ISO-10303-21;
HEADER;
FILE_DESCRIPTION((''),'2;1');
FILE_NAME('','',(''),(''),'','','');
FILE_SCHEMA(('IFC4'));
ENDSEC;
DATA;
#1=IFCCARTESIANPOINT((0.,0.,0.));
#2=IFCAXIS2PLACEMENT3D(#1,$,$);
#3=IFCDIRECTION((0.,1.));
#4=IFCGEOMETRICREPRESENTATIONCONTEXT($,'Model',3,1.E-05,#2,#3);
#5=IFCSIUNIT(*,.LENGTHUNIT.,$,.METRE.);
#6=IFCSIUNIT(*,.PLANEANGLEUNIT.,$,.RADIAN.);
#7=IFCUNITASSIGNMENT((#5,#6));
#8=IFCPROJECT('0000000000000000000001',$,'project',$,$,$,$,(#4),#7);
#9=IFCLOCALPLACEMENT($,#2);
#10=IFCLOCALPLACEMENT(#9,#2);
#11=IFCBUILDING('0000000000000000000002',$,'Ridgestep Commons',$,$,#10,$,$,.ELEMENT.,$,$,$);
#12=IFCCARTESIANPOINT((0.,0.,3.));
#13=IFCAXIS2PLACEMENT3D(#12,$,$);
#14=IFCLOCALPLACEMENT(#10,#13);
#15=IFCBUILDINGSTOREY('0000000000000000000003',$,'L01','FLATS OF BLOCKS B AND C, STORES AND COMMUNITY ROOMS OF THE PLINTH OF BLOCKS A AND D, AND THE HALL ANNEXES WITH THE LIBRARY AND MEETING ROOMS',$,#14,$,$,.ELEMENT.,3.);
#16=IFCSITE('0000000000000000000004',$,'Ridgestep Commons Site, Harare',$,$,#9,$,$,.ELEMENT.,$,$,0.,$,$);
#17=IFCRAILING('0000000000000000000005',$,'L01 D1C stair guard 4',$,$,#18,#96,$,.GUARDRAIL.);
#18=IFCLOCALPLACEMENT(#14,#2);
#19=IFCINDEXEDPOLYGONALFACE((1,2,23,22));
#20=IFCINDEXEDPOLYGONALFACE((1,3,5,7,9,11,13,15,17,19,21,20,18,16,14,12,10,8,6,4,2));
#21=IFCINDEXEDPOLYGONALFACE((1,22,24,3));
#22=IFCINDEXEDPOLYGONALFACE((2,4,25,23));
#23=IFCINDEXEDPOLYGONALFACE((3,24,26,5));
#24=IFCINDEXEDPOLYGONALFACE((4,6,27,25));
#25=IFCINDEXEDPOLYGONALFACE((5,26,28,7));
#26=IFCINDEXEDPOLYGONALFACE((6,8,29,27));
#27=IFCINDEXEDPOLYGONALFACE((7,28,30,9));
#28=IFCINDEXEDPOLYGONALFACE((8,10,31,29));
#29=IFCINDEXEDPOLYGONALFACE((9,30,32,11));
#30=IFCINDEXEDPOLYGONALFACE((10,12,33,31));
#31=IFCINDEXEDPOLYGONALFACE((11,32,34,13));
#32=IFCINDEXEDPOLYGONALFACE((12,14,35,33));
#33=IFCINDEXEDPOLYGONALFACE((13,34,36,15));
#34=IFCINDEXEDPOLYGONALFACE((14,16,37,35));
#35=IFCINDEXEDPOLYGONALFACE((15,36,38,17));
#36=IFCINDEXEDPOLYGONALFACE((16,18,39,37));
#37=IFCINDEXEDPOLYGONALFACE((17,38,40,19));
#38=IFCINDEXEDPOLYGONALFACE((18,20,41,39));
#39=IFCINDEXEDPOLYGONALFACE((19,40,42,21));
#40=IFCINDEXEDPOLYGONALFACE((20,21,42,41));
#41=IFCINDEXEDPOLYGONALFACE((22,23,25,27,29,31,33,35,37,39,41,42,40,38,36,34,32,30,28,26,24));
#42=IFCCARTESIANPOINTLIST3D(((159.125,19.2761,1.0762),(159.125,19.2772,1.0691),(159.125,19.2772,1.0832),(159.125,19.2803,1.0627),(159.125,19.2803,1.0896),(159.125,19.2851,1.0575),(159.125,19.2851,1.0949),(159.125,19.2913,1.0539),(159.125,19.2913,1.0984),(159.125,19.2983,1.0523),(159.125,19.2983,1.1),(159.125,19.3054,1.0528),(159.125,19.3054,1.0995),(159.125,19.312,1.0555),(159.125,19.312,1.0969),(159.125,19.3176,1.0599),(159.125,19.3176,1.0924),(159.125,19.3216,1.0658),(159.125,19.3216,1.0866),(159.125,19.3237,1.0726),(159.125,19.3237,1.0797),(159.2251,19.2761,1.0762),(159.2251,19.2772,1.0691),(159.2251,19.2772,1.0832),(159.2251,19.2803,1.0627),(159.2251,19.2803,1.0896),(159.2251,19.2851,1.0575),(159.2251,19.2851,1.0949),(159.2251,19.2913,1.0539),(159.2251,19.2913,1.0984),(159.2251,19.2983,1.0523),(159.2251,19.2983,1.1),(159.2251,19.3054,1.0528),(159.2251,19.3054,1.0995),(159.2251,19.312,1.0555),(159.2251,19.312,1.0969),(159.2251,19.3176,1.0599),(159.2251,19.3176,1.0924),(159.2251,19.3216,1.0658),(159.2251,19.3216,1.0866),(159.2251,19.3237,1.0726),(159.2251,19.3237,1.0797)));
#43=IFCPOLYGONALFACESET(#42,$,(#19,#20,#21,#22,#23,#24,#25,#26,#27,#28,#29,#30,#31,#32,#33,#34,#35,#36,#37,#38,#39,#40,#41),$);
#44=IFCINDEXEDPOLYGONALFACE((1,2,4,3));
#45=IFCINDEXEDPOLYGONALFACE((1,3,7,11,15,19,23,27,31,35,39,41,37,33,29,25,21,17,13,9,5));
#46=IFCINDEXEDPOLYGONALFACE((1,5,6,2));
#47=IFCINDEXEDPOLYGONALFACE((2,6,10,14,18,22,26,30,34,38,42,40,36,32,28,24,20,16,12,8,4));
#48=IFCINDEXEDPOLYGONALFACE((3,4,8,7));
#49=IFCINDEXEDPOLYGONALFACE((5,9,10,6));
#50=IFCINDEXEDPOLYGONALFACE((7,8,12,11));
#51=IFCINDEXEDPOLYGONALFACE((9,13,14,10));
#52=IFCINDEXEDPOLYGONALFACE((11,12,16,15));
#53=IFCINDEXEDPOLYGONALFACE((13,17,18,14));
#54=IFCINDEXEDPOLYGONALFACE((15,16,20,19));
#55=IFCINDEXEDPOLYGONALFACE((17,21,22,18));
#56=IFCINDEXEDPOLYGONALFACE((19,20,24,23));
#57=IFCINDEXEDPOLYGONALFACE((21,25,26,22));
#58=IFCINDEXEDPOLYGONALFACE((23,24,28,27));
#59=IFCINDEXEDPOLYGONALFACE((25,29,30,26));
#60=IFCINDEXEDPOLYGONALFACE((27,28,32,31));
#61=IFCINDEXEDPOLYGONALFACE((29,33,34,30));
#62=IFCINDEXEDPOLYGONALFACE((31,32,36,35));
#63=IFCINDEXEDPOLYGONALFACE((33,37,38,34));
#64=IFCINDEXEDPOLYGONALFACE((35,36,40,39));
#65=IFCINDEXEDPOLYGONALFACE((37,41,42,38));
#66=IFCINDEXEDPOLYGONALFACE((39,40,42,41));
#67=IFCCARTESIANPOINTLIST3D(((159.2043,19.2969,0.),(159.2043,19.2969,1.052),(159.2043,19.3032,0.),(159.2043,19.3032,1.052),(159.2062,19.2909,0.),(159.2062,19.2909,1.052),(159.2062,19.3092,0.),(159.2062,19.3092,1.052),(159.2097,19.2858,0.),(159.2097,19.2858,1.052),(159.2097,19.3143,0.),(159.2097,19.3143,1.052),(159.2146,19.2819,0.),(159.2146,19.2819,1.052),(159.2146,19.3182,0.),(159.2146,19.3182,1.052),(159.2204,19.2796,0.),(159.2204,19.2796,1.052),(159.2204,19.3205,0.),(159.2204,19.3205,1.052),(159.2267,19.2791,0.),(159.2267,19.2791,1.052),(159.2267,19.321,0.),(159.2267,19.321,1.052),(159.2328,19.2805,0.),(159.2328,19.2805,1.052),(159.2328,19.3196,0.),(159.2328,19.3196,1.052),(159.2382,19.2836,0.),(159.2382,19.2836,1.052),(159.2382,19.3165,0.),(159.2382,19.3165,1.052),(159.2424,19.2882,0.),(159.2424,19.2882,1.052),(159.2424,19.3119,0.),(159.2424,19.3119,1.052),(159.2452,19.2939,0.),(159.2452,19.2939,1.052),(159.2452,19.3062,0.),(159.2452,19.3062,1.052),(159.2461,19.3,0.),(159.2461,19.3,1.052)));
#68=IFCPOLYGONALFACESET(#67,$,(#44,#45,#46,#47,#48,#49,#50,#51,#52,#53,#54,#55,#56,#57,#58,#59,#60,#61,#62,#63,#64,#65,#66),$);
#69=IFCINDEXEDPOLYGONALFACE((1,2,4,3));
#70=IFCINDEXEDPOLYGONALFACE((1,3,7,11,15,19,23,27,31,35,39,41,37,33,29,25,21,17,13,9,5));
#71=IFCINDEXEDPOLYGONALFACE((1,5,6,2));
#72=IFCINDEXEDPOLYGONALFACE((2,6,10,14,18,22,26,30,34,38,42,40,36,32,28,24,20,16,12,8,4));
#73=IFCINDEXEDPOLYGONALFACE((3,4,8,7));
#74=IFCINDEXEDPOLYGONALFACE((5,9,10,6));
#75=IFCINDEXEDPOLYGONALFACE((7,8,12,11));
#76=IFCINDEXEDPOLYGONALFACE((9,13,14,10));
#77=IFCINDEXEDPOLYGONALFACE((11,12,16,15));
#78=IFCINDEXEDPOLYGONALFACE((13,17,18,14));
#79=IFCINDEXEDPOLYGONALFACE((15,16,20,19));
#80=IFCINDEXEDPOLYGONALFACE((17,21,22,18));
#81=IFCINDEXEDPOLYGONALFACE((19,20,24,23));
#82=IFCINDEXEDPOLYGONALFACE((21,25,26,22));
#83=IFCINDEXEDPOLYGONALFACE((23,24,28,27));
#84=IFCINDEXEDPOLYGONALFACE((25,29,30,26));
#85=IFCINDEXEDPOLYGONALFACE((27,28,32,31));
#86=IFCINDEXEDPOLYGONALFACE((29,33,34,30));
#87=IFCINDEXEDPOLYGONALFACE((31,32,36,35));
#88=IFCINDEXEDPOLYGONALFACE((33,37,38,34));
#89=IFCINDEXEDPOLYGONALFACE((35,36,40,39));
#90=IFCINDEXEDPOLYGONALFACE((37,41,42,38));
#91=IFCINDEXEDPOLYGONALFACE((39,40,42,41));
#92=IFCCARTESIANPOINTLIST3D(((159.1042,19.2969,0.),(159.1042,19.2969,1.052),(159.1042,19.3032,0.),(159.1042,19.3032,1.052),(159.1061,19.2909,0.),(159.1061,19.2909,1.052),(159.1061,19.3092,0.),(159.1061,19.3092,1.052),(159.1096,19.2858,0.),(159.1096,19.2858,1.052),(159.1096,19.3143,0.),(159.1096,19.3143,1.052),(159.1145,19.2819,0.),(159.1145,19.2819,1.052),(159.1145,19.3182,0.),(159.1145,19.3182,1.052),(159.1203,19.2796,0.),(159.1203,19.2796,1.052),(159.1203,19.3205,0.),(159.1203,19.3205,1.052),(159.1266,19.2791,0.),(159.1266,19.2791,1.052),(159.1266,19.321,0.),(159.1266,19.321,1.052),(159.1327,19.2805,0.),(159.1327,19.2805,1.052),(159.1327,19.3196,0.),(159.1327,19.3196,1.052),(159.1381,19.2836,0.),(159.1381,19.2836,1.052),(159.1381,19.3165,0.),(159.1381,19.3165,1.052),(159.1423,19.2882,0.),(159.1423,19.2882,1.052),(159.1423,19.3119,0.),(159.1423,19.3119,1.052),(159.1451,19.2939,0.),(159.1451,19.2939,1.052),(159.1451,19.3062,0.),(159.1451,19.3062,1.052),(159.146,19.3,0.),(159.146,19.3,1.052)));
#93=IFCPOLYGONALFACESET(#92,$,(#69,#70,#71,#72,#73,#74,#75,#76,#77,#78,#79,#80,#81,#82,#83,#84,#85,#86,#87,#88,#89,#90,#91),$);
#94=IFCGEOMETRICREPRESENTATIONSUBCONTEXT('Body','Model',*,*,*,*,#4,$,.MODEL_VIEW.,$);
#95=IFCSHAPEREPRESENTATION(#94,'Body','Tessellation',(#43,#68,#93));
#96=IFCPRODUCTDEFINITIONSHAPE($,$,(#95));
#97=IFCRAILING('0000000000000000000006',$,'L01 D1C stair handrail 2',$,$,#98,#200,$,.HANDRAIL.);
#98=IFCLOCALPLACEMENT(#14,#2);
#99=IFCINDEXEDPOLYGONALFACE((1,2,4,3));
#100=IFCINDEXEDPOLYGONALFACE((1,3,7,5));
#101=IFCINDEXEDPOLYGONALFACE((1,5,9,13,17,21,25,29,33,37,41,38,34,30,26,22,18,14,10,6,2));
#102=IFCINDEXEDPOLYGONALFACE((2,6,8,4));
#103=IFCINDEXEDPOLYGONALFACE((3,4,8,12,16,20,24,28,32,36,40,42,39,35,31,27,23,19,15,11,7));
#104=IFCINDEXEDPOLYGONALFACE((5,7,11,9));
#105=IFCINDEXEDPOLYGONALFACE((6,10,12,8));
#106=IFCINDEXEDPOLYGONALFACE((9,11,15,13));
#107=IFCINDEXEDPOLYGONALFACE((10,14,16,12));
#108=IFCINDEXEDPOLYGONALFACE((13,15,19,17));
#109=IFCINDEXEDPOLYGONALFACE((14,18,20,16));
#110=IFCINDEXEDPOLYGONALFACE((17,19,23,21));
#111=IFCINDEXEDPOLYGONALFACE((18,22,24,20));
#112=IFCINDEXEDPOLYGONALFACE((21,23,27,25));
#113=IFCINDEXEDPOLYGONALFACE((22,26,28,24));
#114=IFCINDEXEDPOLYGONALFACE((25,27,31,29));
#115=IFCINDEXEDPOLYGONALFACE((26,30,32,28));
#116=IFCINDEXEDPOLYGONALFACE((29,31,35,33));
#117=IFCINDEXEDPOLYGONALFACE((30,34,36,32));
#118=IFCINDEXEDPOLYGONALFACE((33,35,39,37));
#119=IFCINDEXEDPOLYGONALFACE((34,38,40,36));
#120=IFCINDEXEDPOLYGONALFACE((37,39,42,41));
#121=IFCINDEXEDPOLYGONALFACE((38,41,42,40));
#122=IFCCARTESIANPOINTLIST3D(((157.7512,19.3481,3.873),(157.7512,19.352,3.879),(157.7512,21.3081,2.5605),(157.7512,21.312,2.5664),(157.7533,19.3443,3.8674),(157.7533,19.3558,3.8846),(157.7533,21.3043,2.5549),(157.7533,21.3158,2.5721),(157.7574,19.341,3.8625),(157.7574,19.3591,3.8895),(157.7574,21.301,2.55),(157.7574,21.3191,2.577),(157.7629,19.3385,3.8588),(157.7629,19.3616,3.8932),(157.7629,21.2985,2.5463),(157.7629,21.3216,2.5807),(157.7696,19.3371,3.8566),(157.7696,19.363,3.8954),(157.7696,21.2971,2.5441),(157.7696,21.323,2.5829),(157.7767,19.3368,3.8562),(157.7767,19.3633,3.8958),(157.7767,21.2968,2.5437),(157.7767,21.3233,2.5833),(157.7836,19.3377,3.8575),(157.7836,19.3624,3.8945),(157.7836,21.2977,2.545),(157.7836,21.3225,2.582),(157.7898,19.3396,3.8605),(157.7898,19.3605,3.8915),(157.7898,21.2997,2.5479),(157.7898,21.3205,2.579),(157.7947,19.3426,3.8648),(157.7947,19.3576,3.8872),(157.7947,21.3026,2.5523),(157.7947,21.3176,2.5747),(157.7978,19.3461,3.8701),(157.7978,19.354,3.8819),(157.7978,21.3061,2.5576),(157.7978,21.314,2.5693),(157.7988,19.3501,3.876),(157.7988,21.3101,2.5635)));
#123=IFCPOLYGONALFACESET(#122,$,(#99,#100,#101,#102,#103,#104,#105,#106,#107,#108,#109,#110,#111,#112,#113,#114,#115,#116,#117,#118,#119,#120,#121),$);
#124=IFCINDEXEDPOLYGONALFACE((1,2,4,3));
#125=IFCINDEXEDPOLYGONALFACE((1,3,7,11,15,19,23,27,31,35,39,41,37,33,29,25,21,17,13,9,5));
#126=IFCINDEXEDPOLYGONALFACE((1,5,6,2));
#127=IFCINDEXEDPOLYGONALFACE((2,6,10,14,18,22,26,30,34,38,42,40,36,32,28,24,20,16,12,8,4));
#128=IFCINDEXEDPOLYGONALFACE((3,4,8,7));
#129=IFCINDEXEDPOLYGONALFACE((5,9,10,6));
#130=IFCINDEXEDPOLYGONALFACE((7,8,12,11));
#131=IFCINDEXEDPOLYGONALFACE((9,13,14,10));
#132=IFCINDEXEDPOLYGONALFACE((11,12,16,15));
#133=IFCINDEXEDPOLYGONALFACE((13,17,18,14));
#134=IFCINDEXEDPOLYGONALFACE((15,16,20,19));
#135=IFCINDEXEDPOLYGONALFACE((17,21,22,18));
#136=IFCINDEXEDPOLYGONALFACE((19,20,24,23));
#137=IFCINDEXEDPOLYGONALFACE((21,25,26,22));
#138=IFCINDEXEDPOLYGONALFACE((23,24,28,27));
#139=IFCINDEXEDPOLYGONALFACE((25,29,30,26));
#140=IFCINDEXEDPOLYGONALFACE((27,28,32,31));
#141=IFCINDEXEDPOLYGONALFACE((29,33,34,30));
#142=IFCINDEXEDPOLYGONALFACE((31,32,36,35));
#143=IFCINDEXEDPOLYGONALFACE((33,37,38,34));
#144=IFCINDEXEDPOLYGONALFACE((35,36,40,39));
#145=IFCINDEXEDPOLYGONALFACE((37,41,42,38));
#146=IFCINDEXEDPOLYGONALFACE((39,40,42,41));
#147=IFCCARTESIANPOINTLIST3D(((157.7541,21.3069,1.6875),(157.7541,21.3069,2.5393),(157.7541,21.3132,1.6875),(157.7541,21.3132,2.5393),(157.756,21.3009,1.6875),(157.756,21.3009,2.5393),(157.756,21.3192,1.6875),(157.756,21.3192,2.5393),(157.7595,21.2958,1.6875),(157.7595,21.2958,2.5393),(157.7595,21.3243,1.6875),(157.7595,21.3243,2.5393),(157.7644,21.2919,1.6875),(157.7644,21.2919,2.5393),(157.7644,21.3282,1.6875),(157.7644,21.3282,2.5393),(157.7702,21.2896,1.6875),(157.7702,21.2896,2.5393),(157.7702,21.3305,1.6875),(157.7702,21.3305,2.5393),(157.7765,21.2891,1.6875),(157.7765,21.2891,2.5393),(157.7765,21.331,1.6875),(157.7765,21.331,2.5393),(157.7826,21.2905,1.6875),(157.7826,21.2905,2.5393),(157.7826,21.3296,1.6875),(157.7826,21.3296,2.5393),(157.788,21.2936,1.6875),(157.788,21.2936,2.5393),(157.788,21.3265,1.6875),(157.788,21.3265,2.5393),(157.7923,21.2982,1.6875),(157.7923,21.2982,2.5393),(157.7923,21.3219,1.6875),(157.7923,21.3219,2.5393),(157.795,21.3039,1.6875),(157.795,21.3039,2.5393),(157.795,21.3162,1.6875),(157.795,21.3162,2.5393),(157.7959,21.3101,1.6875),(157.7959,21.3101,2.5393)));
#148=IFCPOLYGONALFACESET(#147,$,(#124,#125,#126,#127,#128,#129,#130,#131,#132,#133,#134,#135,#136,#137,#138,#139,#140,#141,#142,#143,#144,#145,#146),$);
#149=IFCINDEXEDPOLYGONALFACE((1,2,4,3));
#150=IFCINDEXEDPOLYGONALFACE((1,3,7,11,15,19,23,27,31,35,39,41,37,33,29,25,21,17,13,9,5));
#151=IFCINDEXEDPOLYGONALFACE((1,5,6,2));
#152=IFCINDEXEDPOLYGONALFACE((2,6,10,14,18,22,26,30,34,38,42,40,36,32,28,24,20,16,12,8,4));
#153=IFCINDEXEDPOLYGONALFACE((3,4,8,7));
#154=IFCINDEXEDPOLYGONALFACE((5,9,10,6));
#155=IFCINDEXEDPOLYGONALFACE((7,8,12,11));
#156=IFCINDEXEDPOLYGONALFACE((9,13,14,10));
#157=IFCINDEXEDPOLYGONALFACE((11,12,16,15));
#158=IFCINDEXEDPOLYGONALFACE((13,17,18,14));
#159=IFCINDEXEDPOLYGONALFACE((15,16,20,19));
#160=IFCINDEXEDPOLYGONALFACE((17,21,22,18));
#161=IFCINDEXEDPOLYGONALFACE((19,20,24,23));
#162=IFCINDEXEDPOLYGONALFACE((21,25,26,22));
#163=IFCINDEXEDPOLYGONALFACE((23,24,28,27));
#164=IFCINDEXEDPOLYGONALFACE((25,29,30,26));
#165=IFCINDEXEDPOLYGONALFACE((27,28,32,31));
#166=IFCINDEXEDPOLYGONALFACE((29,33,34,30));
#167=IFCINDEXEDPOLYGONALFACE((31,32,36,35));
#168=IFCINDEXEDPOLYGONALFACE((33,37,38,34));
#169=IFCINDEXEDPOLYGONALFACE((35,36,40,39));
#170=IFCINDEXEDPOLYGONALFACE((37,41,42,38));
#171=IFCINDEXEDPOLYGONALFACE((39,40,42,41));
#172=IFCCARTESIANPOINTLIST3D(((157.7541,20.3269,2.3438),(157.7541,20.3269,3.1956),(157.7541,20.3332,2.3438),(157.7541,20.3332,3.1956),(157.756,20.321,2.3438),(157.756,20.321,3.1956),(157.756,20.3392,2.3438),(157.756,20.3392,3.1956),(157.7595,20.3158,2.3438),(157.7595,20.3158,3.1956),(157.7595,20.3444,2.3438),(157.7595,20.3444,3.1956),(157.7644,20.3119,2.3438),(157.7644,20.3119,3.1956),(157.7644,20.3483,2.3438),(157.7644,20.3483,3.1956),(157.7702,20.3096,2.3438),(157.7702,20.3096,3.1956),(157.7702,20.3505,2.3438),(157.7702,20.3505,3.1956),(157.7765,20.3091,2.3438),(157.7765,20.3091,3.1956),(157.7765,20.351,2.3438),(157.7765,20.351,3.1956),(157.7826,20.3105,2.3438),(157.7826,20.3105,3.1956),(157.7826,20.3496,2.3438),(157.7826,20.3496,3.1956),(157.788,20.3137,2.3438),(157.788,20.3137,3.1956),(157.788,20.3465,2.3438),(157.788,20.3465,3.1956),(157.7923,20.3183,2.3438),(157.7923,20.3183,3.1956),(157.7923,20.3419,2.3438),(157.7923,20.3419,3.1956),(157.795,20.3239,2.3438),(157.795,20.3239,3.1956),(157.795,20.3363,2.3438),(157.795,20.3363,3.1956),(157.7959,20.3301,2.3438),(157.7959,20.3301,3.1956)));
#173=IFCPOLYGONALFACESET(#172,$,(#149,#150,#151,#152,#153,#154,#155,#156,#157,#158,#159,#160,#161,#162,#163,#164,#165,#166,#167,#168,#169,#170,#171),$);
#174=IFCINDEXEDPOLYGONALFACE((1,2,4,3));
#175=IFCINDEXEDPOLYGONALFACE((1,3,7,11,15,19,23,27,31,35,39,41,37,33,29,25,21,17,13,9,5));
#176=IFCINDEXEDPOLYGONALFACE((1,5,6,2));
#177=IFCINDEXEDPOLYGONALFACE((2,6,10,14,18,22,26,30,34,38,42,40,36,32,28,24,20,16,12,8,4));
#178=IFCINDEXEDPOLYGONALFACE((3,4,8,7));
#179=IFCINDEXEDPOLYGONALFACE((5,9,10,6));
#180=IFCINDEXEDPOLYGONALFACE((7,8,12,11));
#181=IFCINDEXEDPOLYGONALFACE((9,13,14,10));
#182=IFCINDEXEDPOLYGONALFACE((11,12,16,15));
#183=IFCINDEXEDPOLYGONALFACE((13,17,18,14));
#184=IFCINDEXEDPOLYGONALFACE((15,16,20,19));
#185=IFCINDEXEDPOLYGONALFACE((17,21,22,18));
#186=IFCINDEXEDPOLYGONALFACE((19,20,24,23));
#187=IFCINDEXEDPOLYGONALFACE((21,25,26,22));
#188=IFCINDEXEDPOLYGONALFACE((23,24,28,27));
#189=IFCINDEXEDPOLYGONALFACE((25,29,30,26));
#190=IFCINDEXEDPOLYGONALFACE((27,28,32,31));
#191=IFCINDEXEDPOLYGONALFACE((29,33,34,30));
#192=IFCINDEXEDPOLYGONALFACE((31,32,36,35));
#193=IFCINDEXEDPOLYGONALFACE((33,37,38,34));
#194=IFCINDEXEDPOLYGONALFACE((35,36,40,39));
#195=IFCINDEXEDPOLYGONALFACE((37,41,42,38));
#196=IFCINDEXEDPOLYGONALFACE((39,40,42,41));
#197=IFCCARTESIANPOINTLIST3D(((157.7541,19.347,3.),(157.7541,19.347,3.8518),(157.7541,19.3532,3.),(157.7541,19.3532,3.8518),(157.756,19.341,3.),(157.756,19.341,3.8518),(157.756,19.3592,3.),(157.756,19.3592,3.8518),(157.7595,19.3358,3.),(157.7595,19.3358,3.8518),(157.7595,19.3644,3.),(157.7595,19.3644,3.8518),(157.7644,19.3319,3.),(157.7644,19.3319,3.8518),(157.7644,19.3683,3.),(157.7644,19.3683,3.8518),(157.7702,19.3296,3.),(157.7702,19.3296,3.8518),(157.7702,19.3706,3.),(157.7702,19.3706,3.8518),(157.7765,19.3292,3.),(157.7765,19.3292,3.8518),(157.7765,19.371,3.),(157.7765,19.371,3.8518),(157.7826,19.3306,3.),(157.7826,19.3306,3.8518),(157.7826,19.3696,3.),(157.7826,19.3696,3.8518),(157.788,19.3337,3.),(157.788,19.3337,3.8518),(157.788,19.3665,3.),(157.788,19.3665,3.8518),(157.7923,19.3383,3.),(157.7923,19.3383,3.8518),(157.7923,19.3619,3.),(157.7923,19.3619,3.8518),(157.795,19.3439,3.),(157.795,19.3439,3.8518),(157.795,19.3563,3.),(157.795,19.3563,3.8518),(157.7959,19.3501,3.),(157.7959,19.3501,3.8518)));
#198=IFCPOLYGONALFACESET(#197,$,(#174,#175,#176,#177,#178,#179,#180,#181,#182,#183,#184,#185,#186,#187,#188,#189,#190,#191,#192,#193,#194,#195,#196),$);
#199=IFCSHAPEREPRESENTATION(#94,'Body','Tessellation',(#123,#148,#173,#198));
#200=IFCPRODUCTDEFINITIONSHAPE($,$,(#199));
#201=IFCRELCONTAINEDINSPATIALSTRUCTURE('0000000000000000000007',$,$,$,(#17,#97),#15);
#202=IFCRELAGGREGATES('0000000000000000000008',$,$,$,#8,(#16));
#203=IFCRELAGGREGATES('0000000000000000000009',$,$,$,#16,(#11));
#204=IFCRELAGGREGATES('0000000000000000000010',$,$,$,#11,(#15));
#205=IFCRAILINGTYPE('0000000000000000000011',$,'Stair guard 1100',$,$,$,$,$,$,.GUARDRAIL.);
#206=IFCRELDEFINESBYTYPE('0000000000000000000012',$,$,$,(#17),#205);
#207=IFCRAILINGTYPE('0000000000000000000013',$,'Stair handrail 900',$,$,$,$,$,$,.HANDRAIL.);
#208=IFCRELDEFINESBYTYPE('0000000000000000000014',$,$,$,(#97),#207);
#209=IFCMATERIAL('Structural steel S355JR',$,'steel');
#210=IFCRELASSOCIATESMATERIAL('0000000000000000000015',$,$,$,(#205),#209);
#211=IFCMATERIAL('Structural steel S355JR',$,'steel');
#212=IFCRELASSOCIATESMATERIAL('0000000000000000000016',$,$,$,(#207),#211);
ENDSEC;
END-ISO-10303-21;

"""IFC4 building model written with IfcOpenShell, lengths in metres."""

from ifc_helpers import new_model, si_unit, direction, frame, origin, origin_2d, place, context, subcontext, project, spatial, circle, extrude, material, type_object, element, save


model = new_model("IFC4")

# Units and contexts
model_context = context("Model", 3, precision=1e-05, world=origin(), true_north=direction((0.0, 1.0)))
body_context = subcontext(model_context, "Body", "Model", "MODEL_VIEW")
ifc_project = project(units=[si_unit("LENGTHUNIT", "METRE"), si_unit("PLANEANGLEUNIT", "RADIAN")], contexts=[model_context])

# Site, building, storey
site_placement = place(None, origin())
site = spatial("IfcSite", under=ifc_project, at=site_placement, Name="Ridgestep Commons Site, Harare", CompositionType="ELEMENT", RefElevation=0.0)
building_placement = place(site_placement, origin())
building = spatial("IfcBuilding", under=site, at=building_placement, Name="Ridgestep Commons", CompositionType="ELEMENT")
storey_placement = place(building_placement, frame((0.0, 0.0, 3.0)))
storey = spatial("IfcBuildingStorey", under=building, at=storey_placement, Name="L01", Description="FLATS OF BLOCKS B AND C, STORES AND COMMUNITY ROOMS OF THE PLINTH OF BLOCKS A AND D, AND THE HALL ANNEXES WITH THE LIBRARY AND MEETING ROOMS", CompositionType="ELEMENT", Elevation=3.0)

# Railings
ifc_material_1 = material(Name="Structural steel S355JR", Category="steel")
railing_type_1 = type_object("IfcRailingType", Name="Stair guard 1100", PredefinedType="GUARDRAIL", material=ifc_material_1)
railing_1_placement = place(storey_placement, frame((159.2251, 19.3, 0.0)))
element("IfcRailing", 1, at=railing_1_placement, inside=storey, type_object=railing_type_1, Name="L01 D1C stair guard 4", PredefinedType="GUARDRAIL", context=body_context, shape_type="SweptSolid", body=[
    extrude(circle(Radius=0.0239, at=origin_2d()), frame((0.0, 0.0, 1.0762), z_axis=(-1.0, 0.0, 0.0), x_axis=(0.0, -1.0, 0.0)), (0.0, 0.0, 1.0), 0.1001),
    extrude(circle(Radius=0.021, at=origin_2d()), origin(), (0.0, 0.0, 1.0), 1.052),
    extrude(circle(Radius=0.021, at=origin_2d()), frame((-0.1001, 0.0, 0.0)), (0.0, 0.0, 1.0), 1.052),
])
ifc_material_2 = material(Name="Structural steel S355JR", Category="steel")
railing_type_2 = type_object("IfcRailingType", Name="Stair handrail 900", PredefinedType="HANDRAIL", material=ifc_material_2)
railing_2_placement = place(storey_placement, frame((157.7749, 21.3101, 1.6875)))
element("IfcRailing", 2, at=railing_2_placement, inside=storey, type_object=railing_type_2, Name="L01 D1C stair handrail 2", PredefinedType="HANDRAIL", context=body_context, shape_type="SweptSolid", body=[
    extrude(circle(Radius=0.0239, at=origin_2d()), frame((0.0, 0.0, 0.876), z_axis=(0.0, -0.830902, 0.556419), x_axis=(1.0, 0.0, 0.0)), (0.0, 0.0, 1.0), 2.3589),
    extrude(circle(Radius=0.021, at=origin_2d()), origin(), (0.0, 0.0, 1.0), 0.8518),
    extrude(circle(Radius=0.021, at=origin_2d()), frame((0.0, -0.98, 0.6562)), (0.0, 0.0, 1.0), 0.8518),
    extrude(circle(Radius=0.021, at=origin_2d()), frame((0.0, -1.96, 1.3125)), (0.0, 0.0, 1.0), 0.8518),
])

save(model, "model.ifc")
